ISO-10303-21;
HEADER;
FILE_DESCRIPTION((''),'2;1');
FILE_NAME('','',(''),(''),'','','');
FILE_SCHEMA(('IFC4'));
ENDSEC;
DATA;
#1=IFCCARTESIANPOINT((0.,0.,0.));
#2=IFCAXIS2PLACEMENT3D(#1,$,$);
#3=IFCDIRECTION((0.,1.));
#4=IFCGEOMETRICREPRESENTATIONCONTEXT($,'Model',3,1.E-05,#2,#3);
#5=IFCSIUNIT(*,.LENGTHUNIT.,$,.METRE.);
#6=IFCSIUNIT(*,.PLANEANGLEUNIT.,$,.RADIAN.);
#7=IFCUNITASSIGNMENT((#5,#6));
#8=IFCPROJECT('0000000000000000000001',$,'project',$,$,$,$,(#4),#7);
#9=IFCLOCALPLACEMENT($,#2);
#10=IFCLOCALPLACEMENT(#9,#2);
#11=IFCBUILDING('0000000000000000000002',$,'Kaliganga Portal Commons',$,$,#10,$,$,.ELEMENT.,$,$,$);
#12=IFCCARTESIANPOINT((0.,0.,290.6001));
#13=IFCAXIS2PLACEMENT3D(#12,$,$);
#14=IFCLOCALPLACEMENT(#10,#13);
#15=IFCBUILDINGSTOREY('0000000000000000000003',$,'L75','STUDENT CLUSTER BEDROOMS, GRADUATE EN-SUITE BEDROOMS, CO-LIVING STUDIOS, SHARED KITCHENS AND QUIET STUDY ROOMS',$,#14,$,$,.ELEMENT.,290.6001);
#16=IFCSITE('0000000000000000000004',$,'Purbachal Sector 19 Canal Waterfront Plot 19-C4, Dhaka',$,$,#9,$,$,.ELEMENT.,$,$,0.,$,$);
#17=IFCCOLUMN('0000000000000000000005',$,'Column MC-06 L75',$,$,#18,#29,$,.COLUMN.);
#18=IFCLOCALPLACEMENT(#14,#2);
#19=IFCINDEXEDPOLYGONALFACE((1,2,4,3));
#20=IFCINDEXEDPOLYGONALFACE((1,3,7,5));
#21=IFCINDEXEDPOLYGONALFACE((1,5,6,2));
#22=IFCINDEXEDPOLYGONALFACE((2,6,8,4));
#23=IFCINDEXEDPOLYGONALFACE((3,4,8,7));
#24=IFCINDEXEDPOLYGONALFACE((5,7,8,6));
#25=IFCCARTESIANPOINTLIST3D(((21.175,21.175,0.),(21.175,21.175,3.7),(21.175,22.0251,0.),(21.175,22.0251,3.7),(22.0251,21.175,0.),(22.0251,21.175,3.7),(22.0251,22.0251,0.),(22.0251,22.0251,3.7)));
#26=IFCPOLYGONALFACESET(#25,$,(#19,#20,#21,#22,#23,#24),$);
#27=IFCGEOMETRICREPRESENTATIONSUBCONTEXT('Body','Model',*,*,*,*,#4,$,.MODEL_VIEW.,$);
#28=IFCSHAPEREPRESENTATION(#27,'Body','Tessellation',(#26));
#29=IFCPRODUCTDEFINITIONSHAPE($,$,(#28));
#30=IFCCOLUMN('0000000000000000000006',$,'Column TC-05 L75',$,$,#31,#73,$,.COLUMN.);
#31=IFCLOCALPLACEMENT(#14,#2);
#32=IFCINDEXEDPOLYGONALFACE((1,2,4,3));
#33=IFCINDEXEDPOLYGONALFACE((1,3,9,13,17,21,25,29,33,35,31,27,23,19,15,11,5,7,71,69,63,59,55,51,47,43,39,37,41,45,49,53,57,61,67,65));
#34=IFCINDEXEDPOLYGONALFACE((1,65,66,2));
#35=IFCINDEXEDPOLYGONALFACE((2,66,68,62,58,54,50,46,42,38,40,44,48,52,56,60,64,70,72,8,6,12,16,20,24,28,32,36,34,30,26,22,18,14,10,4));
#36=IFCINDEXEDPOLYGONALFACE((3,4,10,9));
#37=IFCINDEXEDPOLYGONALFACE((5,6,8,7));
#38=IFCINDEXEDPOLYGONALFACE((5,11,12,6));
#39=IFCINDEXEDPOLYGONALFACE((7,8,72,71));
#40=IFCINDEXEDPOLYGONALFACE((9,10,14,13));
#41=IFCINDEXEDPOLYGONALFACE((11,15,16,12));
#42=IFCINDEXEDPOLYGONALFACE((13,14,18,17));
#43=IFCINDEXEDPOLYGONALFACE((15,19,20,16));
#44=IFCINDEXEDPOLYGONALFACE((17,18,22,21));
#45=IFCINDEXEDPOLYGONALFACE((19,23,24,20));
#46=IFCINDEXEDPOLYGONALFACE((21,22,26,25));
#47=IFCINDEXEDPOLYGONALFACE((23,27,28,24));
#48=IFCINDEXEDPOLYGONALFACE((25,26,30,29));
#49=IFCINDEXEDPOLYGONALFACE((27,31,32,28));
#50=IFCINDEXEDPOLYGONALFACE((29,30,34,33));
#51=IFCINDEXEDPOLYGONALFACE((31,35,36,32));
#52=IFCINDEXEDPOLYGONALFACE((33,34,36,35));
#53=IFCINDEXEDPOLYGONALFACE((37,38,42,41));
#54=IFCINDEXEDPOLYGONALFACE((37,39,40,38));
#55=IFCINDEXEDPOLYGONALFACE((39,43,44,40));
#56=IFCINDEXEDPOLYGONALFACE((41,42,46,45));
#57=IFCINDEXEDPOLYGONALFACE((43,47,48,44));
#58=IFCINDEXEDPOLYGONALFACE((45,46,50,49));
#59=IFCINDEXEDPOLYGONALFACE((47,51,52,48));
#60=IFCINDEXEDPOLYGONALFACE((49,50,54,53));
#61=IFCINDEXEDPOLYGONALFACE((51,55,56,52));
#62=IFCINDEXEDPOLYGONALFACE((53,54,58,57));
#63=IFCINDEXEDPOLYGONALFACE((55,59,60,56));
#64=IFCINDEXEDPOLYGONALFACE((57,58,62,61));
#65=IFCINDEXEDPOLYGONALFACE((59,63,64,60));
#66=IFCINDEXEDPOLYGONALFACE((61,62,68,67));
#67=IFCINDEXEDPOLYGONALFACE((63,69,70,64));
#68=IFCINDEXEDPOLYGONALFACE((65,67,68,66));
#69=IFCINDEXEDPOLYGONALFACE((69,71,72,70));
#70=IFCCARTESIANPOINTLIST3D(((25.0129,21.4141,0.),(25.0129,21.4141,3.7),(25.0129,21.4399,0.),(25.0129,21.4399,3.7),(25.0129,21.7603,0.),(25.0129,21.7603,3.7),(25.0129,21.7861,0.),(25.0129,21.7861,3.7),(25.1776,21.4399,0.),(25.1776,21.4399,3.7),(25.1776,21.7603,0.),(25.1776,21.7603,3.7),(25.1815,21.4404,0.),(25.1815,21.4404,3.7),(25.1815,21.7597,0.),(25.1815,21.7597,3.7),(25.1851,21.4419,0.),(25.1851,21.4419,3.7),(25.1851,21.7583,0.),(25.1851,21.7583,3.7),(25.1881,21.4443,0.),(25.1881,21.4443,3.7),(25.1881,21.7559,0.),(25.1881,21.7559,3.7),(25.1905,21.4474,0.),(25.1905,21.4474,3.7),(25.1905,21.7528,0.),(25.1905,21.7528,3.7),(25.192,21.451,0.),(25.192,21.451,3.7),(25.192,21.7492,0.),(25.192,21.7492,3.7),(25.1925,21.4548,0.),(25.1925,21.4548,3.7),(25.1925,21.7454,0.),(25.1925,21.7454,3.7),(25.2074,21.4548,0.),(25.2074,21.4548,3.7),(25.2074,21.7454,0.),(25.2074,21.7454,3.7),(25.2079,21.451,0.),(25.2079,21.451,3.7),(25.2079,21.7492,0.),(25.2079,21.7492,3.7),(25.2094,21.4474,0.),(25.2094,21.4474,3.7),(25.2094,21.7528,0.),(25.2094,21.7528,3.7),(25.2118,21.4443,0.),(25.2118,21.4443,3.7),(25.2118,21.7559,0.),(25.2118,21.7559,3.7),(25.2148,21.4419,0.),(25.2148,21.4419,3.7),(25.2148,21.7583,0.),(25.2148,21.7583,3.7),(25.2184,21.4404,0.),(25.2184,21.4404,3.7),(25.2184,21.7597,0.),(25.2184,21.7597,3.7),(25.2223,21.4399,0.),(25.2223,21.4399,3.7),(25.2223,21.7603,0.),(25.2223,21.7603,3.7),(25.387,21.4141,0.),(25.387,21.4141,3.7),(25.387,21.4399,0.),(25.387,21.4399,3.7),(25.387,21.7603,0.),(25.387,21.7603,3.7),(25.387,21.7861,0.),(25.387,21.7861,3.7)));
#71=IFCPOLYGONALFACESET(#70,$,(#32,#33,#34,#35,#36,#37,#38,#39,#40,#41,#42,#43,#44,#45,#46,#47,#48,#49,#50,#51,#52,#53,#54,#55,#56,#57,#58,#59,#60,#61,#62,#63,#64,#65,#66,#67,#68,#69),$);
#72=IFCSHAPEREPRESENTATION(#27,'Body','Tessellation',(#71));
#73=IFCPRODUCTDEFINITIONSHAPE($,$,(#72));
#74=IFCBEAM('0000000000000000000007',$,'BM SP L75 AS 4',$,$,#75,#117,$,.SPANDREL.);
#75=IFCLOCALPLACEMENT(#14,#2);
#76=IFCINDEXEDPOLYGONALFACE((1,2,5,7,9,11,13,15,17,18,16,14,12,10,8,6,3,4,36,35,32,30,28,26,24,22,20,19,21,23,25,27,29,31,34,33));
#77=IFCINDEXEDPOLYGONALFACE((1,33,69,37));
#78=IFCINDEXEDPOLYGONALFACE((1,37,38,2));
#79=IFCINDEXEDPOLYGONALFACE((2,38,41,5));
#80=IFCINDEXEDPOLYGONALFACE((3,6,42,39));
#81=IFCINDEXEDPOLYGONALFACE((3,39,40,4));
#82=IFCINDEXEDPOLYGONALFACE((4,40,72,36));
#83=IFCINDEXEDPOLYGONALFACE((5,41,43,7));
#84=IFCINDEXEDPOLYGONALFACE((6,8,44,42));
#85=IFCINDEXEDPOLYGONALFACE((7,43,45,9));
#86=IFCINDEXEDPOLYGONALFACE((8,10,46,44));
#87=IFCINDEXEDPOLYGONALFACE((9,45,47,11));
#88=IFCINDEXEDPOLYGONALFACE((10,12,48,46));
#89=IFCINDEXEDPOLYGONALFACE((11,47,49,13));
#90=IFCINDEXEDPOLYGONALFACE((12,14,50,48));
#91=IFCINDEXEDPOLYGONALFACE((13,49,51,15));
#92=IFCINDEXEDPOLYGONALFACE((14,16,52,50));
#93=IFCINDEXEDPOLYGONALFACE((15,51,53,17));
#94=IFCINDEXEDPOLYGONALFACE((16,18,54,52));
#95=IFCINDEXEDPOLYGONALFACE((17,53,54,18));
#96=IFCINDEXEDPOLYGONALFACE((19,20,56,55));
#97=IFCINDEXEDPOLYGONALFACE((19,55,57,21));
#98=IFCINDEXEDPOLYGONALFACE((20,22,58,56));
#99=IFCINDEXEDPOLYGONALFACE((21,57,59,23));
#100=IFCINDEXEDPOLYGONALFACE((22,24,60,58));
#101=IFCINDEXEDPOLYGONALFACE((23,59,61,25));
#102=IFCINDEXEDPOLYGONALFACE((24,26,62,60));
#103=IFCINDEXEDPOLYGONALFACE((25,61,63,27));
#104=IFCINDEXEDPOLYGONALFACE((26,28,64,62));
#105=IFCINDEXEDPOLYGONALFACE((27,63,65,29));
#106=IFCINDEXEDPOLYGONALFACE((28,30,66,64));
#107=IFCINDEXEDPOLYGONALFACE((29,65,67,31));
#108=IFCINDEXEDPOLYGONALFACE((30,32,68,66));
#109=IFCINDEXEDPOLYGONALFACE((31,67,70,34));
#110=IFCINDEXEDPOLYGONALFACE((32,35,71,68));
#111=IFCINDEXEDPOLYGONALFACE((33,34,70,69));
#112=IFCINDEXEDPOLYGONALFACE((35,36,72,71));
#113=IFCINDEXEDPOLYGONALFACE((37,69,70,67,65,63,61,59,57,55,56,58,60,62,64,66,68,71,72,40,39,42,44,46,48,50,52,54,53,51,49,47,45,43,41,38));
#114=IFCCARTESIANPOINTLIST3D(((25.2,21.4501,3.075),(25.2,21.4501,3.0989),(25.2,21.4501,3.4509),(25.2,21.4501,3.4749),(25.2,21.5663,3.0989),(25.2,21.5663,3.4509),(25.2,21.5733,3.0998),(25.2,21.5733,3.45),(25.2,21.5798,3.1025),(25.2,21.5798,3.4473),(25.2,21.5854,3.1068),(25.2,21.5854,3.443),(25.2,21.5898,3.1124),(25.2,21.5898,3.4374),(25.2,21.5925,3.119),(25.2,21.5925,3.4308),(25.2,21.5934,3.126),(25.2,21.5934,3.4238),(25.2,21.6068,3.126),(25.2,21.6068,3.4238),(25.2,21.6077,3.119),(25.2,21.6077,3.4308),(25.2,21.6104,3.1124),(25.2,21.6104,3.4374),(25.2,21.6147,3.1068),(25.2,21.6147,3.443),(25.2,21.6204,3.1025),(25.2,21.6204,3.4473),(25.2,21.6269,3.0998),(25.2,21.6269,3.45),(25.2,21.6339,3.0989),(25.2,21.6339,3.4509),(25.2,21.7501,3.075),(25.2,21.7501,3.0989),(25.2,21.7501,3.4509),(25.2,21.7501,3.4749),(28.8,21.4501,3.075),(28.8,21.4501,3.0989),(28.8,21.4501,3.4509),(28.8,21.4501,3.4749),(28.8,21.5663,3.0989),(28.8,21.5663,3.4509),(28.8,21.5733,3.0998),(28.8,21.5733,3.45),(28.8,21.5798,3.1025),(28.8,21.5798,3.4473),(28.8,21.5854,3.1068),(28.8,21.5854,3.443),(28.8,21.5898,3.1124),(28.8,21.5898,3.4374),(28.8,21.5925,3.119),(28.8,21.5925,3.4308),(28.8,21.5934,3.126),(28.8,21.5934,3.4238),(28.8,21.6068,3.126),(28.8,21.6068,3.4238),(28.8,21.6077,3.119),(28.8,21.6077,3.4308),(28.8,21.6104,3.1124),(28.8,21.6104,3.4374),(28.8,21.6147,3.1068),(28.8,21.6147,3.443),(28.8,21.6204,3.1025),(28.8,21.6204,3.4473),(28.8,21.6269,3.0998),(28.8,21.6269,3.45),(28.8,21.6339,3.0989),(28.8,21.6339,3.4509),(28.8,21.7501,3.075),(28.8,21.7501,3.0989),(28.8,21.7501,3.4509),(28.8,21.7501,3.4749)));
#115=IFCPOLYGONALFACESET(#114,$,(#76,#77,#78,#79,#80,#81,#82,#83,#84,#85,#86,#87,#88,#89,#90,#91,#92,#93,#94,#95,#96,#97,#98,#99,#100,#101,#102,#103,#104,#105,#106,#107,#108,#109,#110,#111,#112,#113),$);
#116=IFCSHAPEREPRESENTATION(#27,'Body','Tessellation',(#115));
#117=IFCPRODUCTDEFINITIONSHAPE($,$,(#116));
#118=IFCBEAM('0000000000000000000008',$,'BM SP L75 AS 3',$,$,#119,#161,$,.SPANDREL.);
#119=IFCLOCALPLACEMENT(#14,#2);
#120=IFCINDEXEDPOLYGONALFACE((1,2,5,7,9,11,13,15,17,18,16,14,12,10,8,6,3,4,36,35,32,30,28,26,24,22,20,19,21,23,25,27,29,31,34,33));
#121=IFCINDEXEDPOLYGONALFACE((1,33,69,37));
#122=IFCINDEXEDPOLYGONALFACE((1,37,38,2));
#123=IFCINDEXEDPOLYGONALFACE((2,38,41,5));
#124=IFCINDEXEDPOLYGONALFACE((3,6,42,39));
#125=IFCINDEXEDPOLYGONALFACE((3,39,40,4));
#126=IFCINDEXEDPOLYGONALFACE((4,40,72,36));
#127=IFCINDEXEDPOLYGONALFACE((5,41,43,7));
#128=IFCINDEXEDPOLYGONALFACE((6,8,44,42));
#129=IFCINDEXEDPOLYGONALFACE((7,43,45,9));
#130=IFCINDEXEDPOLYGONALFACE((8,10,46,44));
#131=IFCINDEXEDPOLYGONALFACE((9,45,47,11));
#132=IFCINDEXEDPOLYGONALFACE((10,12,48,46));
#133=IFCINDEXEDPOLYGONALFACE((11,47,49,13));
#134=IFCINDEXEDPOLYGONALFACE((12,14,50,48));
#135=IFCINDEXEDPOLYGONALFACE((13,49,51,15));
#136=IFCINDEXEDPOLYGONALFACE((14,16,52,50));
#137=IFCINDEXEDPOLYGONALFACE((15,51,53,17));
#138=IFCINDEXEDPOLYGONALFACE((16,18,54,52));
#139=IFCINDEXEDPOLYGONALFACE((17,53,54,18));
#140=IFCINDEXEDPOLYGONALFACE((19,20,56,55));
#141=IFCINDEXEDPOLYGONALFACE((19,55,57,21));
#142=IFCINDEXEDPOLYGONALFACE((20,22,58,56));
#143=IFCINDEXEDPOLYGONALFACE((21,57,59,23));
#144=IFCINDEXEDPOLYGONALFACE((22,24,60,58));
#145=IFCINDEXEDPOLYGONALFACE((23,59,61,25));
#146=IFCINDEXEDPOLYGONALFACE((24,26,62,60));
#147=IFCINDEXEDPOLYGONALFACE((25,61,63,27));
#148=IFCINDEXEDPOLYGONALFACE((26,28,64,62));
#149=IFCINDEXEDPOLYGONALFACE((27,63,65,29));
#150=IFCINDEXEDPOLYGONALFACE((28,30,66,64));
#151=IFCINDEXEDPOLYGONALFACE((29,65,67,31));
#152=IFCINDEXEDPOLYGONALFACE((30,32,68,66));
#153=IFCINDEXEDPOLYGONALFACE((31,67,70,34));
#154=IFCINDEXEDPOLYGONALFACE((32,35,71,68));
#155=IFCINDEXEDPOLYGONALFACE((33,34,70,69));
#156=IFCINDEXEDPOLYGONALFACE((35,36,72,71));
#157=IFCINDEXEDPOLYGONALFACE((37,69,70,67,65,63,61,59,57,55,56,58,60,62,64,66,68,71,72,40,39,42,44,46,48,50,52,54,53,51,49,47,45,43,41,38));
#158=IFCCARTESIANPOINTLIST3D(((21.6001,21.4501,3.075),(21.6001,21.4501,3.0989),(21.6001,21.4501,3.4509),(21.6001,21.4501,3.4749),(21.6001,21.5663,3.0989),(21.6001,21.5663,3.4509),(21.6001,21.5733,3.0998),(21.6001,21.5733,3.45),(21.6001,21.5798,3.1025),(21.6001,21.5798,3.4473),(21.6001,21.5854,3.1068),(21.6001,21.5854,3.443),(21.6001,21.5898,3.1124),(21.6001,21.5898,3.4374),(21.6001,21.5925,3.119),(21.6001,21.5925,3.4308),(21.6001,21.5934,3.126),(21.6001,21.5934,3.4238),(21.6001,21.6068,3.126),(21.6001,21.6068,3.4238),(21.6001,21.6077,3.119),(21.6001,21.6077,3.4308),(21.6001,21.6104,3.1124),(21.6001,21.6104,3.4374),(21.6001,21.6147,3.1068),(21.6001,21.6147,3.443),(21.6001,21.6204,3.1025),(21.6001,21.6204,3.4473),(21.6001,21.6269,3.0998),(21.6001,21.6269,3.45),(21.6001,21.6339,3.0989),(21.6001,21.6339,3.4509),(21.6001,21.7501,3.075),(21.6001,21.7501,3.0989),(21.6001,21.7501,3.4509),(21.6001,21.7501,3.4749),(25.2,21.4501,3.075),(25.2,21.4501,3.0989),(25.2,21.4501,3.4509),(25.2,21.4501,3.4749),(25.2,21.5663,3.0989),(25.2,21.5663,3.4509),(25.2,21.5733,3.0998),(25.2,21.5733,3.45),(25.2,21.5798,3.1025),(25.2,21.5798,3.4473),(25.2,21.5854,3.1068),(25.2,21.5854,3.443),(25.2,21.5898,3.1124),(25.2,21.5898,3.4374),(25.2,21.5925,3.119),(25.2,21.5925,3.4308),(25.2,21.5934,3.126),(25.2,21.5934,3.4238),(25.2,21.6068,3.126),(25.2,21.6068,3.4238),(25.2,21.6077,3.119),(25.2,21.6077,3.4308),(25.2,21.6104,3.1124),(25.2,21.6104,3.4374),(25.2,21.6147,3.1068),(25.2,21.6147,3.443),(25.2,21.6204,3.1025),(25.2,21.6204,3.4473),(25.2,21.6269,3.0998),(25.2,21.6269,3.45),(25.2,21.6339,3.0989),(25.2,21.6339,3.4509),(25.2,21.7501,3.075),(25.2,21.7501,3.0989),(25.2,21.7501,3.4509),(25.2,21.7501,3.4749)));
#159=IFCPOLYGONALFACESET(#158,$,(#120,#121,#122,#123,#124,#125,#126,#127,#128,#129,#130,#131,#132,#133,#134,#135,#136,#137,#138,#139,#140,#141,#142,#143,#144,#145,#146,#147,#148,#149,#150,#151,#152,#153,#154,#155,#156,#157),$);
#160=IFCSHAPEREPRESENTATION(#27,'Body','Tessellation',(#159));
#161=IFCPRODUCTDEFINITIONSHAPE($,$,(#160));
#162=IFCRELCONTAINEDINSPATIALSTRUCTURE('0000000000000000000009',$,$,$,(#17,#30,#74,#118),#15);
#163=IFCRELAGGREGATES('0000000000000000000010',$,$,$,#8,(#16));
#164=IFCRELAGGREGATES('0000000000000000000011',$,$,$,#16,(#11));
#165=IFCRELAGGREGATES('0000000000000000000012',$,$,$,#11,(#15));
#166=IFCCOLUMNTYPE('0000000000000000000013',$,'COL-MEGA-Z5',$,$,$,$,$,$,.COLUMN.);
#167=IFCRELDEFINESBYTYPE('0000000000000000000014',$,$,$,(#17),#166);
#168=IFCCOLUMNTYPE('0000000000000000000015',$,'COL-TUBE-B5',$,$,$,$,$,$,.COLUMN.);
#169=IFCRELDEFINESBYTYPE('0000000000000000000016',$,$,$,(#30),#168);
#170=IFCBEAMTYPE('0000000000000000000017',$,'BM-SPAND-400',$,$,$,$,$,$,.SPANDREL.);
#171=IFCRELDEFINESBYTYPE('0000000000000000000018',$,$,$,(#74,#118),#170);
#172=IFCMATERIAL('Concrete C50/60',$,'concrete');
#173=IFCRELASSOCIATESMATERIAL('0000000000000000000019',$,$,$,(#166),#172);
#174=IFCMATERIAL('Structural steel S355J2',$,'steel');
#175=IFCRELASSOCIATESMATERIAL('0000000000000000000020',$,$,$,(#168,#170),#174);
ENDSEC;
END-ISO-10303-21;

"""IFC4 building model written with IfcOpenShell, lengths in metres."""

from ifc_helpers import new_model, si_unit, direction, frame, origin, origin_2d, place, context, subcontext, project, spatial, rectangle, i_section, extrude, source, transform, mapped, material, material_profile, profile_set, type_object, element, save


model = new_model("IFC4")

# Units and contexts
model_context = context("Model", 3, precision=1e-05, world=origin(), true_north=direction((0.0, 1.0)))
body_context = subcontext(model_context, "Body", "Model", "MODEL_VIEW")
ifc_project = project(units=[si_unit("LENGTHUNIT", "METRE"), si_unit("PLANEANGLEUNIT", "RADIAN")], contexts=[model_context])

# Site, building, storey
site_placement = place(None, origin())
site = spatial("IfcSite", under=ifc_project, at=site_placement, Name="Purbachal Sector 19 Canal Waterfront Plot 19-C4, Dhaka", CompositionType="ELEMENT", RefElevation=0.0)
building_placement = place(site_placement, origin())
building = spatial("IfcBuilding", under=site, at=building_placement, Name="Kaliganga Portal Commons", CompositionType="ELEMENT")
storey_placement = place(building_placement, frame((0.0, 0.0, 290.6001)))
storey = spatial("IfcBuildingStorey", under=building, at=storey_placement, Name="L75", Description="STUDENT CLUSTER BEDROOMS, GRADUATE EN-SUITE BEDROOMS, CO-LIVING STUDIOS, SHARED KITCHENS AND QUIET STUDY ROOMS", CompositionType="ELEMENT", Elevation=290.6001)

# Columns
ifc_material_1 = material(Name="Concrete C50/60", Category="concrete")
ifc_material_profile_1 = material_profile(ifc_material_1, rectangle(XDim=0.8501, YDim=0.8501, at=origin_2d()), Name="RC 850x850")
ifc_profile_set_1 = profile_set([ifc_material_profile_1], Name="Concrete C50/60")
column_type_1 = type_object("IfcColumnType", Name="COL-MEGA-Z5", PredefinedType="COLUMN", material=ifc_profile_set_1)
shared_shape_1 = source(origin(), body_context, "Body", "SweptSolid", [
    extrude(rectangle(XDim=0.8501, YDim=0.8501, at=origin_2d()), origin(), (0.0, 0.0, 1.0), 3.7),
])
column_1_placement = place(storey_placement, frame((21.6001, 21.6001, 0.0), z_axis=(0.0, 0.0, 1.0), x_axis=(1.0, 0.0, 0.0)))
element("IfcColumn", 1, at=column_1_placement, inside=storey, type_object=column_type_1, Name="Column MC-06 L75", PredefinedType="COLUMN", context=body_context, shape_type="MappedRepresentation", body=[
    mapped(shared_shape_1, transform((0.0, 0.0, 0.0), x_axis=(1.0, 0.0, 0.0), y_axis=(0.0, 1.0, 0.0), z_axis=(0.0, 0.0, 1.0), scale=1.0)),
])
ifc_material_2 = material(Name="Structural steel S355J2", Category="steel")
ifc_material_profile_2 = material_profile(ifc_material_2, i_section(OverallWidth=0.374, OverallDepth=0.3721, WebThickness=0.0149, FlangeThickness=0.0259, FilletRadius=0.0149, at=origin_2d()), Name="HD 360x196")
ifc_profile_set_2 = profile_set([ifc_material_profile_2], Name="Structural steel S355J2 wide-flange")
column_type_2 = type_object("IfcColumnType", Name="COL-TUBE-B5", PredefinedType="COLUMN", material=ifc_profile_set_2)
shared_shape_2 = source(origin(), body_context, "Body", "SweptSolid", [
    extrude(i_section(OverallWidth=0.374, OverallDepth=0.3721, WebThickness=0.0149, FlangeThickness=0.0259, FilletRadius=0.0149, at=origin_2d()), origin(), (0.0, 0.0, 1.0), 3.7),
])
column_2_placement = place(storey_placement, frame((25.2, 21.6001, 0.0), z_axis=(0.0, 0.0, 1.0), x_axis=(1.0, 0.0, 0.0)))
element("IfcColumn", 2, at=column_2_placement, inside=storey, type_object=column_type_2, Name="Column TC-05 L75", PredefinedType="COLUMN", context=body_context, shape_type="MappedRepresentation", body=[
    mapped(shared_shape_2, transform((0.0, 0.0, 0.0), x_axis=(1.0, 0.0, 0.0), y_axis=(0.0, 1.0, 0.0), z_axis=(0.0, 0.0, 1.0), scale=1.0)),
])

# Beams
ifc_material_profile_3 = material_profile(ifc_material_2, i_section(OverallWidth=0.3, OverallDepth=0.3999, WebThickness=0.0134, FlangeThickness=0.0239, FilletRadius=0.0271, at=origin_2d()), Name="HE 400 B")
ifc_profile_set_3 = profile_set([ifc_material_profile_3], Name="Structural steel S355J2 wide-flange")
beam_type_1 = type_object("IfcBeamType", Name="BM-SPAND-400", PredefinedType="SPANDREL", material=ifc_profile_set_3)
shared_shape_3 = source(origin(), body_context, "Body", "SweptSolid", [
    extrude(i_section(OverallWidth=0.3, OverallDepth=0.3999, WebThickness=0.0134, FlangeThickness=0.0239, FilletRadius=0.0271, at=origin_2d()), origin(), (0.0, 0.0, 1.0), 3.6001),
])
beam_1_placement = place(storey_placement, frame((25.2, 21.6001, 3.2749), z_axis=(1.0, 0.0, 0.0), x_axis=(0.0, 1.0, 0.0)))
element("IfcBeam", 3, at=beam_1_placement, inside=storey, type_object=beam_type_1, Name="BM SP L75 AS 4", PredefinedType="SPANDREL", context=body_context, shape_type="MappedRepresentation", body=[
    mapped(shared_shape_3, transform((0.0, 0.0, 0.0), x_axis=(1.0, 0.0, 0.0), y_axis=(0.0, 1.0, 0.0), z_axis=(0.0, 0.0, 1.0), scale=1.0)),
])
shared_shape_4 = source(origin(), body_context, "Body", "SweptSolid", [
    extrude(i_section(OverallWidth=0.3, OverallDepth=0.3999, WebThickness=0.0134, FlangeThickness=0.0239, FilletRadius=0.0271, at=origin_2d()), origin(), (0.0, 0.0, 1.0), 3.5999),
])
beam_2_placement = place(storey_placement, frame((21.6001, 21.6001, 3.2749), z_axis=(1.0, 0.0, 0.0), x_axis=(0.0, 1.0, 0.0)))
element("IfcBeam", 4, at=beam_2_placement, inside=storey, type_object=beam_type_1, Name="BM SP L75 AS 3", PredefinedType="SPANDREL", context=body_context, shape_type="MappedRepresentation", body=[
    mapped(shared_shape_4, transform((0.0, 0.0, 0.0), x_axis=(1.0, 0.0, 0.0), y_axis=(0.0, 1.0, 0.0), z_axis=(0.0, 0.0, 1.0), scale=1.0)),
])

save(model, "model.ifc")
